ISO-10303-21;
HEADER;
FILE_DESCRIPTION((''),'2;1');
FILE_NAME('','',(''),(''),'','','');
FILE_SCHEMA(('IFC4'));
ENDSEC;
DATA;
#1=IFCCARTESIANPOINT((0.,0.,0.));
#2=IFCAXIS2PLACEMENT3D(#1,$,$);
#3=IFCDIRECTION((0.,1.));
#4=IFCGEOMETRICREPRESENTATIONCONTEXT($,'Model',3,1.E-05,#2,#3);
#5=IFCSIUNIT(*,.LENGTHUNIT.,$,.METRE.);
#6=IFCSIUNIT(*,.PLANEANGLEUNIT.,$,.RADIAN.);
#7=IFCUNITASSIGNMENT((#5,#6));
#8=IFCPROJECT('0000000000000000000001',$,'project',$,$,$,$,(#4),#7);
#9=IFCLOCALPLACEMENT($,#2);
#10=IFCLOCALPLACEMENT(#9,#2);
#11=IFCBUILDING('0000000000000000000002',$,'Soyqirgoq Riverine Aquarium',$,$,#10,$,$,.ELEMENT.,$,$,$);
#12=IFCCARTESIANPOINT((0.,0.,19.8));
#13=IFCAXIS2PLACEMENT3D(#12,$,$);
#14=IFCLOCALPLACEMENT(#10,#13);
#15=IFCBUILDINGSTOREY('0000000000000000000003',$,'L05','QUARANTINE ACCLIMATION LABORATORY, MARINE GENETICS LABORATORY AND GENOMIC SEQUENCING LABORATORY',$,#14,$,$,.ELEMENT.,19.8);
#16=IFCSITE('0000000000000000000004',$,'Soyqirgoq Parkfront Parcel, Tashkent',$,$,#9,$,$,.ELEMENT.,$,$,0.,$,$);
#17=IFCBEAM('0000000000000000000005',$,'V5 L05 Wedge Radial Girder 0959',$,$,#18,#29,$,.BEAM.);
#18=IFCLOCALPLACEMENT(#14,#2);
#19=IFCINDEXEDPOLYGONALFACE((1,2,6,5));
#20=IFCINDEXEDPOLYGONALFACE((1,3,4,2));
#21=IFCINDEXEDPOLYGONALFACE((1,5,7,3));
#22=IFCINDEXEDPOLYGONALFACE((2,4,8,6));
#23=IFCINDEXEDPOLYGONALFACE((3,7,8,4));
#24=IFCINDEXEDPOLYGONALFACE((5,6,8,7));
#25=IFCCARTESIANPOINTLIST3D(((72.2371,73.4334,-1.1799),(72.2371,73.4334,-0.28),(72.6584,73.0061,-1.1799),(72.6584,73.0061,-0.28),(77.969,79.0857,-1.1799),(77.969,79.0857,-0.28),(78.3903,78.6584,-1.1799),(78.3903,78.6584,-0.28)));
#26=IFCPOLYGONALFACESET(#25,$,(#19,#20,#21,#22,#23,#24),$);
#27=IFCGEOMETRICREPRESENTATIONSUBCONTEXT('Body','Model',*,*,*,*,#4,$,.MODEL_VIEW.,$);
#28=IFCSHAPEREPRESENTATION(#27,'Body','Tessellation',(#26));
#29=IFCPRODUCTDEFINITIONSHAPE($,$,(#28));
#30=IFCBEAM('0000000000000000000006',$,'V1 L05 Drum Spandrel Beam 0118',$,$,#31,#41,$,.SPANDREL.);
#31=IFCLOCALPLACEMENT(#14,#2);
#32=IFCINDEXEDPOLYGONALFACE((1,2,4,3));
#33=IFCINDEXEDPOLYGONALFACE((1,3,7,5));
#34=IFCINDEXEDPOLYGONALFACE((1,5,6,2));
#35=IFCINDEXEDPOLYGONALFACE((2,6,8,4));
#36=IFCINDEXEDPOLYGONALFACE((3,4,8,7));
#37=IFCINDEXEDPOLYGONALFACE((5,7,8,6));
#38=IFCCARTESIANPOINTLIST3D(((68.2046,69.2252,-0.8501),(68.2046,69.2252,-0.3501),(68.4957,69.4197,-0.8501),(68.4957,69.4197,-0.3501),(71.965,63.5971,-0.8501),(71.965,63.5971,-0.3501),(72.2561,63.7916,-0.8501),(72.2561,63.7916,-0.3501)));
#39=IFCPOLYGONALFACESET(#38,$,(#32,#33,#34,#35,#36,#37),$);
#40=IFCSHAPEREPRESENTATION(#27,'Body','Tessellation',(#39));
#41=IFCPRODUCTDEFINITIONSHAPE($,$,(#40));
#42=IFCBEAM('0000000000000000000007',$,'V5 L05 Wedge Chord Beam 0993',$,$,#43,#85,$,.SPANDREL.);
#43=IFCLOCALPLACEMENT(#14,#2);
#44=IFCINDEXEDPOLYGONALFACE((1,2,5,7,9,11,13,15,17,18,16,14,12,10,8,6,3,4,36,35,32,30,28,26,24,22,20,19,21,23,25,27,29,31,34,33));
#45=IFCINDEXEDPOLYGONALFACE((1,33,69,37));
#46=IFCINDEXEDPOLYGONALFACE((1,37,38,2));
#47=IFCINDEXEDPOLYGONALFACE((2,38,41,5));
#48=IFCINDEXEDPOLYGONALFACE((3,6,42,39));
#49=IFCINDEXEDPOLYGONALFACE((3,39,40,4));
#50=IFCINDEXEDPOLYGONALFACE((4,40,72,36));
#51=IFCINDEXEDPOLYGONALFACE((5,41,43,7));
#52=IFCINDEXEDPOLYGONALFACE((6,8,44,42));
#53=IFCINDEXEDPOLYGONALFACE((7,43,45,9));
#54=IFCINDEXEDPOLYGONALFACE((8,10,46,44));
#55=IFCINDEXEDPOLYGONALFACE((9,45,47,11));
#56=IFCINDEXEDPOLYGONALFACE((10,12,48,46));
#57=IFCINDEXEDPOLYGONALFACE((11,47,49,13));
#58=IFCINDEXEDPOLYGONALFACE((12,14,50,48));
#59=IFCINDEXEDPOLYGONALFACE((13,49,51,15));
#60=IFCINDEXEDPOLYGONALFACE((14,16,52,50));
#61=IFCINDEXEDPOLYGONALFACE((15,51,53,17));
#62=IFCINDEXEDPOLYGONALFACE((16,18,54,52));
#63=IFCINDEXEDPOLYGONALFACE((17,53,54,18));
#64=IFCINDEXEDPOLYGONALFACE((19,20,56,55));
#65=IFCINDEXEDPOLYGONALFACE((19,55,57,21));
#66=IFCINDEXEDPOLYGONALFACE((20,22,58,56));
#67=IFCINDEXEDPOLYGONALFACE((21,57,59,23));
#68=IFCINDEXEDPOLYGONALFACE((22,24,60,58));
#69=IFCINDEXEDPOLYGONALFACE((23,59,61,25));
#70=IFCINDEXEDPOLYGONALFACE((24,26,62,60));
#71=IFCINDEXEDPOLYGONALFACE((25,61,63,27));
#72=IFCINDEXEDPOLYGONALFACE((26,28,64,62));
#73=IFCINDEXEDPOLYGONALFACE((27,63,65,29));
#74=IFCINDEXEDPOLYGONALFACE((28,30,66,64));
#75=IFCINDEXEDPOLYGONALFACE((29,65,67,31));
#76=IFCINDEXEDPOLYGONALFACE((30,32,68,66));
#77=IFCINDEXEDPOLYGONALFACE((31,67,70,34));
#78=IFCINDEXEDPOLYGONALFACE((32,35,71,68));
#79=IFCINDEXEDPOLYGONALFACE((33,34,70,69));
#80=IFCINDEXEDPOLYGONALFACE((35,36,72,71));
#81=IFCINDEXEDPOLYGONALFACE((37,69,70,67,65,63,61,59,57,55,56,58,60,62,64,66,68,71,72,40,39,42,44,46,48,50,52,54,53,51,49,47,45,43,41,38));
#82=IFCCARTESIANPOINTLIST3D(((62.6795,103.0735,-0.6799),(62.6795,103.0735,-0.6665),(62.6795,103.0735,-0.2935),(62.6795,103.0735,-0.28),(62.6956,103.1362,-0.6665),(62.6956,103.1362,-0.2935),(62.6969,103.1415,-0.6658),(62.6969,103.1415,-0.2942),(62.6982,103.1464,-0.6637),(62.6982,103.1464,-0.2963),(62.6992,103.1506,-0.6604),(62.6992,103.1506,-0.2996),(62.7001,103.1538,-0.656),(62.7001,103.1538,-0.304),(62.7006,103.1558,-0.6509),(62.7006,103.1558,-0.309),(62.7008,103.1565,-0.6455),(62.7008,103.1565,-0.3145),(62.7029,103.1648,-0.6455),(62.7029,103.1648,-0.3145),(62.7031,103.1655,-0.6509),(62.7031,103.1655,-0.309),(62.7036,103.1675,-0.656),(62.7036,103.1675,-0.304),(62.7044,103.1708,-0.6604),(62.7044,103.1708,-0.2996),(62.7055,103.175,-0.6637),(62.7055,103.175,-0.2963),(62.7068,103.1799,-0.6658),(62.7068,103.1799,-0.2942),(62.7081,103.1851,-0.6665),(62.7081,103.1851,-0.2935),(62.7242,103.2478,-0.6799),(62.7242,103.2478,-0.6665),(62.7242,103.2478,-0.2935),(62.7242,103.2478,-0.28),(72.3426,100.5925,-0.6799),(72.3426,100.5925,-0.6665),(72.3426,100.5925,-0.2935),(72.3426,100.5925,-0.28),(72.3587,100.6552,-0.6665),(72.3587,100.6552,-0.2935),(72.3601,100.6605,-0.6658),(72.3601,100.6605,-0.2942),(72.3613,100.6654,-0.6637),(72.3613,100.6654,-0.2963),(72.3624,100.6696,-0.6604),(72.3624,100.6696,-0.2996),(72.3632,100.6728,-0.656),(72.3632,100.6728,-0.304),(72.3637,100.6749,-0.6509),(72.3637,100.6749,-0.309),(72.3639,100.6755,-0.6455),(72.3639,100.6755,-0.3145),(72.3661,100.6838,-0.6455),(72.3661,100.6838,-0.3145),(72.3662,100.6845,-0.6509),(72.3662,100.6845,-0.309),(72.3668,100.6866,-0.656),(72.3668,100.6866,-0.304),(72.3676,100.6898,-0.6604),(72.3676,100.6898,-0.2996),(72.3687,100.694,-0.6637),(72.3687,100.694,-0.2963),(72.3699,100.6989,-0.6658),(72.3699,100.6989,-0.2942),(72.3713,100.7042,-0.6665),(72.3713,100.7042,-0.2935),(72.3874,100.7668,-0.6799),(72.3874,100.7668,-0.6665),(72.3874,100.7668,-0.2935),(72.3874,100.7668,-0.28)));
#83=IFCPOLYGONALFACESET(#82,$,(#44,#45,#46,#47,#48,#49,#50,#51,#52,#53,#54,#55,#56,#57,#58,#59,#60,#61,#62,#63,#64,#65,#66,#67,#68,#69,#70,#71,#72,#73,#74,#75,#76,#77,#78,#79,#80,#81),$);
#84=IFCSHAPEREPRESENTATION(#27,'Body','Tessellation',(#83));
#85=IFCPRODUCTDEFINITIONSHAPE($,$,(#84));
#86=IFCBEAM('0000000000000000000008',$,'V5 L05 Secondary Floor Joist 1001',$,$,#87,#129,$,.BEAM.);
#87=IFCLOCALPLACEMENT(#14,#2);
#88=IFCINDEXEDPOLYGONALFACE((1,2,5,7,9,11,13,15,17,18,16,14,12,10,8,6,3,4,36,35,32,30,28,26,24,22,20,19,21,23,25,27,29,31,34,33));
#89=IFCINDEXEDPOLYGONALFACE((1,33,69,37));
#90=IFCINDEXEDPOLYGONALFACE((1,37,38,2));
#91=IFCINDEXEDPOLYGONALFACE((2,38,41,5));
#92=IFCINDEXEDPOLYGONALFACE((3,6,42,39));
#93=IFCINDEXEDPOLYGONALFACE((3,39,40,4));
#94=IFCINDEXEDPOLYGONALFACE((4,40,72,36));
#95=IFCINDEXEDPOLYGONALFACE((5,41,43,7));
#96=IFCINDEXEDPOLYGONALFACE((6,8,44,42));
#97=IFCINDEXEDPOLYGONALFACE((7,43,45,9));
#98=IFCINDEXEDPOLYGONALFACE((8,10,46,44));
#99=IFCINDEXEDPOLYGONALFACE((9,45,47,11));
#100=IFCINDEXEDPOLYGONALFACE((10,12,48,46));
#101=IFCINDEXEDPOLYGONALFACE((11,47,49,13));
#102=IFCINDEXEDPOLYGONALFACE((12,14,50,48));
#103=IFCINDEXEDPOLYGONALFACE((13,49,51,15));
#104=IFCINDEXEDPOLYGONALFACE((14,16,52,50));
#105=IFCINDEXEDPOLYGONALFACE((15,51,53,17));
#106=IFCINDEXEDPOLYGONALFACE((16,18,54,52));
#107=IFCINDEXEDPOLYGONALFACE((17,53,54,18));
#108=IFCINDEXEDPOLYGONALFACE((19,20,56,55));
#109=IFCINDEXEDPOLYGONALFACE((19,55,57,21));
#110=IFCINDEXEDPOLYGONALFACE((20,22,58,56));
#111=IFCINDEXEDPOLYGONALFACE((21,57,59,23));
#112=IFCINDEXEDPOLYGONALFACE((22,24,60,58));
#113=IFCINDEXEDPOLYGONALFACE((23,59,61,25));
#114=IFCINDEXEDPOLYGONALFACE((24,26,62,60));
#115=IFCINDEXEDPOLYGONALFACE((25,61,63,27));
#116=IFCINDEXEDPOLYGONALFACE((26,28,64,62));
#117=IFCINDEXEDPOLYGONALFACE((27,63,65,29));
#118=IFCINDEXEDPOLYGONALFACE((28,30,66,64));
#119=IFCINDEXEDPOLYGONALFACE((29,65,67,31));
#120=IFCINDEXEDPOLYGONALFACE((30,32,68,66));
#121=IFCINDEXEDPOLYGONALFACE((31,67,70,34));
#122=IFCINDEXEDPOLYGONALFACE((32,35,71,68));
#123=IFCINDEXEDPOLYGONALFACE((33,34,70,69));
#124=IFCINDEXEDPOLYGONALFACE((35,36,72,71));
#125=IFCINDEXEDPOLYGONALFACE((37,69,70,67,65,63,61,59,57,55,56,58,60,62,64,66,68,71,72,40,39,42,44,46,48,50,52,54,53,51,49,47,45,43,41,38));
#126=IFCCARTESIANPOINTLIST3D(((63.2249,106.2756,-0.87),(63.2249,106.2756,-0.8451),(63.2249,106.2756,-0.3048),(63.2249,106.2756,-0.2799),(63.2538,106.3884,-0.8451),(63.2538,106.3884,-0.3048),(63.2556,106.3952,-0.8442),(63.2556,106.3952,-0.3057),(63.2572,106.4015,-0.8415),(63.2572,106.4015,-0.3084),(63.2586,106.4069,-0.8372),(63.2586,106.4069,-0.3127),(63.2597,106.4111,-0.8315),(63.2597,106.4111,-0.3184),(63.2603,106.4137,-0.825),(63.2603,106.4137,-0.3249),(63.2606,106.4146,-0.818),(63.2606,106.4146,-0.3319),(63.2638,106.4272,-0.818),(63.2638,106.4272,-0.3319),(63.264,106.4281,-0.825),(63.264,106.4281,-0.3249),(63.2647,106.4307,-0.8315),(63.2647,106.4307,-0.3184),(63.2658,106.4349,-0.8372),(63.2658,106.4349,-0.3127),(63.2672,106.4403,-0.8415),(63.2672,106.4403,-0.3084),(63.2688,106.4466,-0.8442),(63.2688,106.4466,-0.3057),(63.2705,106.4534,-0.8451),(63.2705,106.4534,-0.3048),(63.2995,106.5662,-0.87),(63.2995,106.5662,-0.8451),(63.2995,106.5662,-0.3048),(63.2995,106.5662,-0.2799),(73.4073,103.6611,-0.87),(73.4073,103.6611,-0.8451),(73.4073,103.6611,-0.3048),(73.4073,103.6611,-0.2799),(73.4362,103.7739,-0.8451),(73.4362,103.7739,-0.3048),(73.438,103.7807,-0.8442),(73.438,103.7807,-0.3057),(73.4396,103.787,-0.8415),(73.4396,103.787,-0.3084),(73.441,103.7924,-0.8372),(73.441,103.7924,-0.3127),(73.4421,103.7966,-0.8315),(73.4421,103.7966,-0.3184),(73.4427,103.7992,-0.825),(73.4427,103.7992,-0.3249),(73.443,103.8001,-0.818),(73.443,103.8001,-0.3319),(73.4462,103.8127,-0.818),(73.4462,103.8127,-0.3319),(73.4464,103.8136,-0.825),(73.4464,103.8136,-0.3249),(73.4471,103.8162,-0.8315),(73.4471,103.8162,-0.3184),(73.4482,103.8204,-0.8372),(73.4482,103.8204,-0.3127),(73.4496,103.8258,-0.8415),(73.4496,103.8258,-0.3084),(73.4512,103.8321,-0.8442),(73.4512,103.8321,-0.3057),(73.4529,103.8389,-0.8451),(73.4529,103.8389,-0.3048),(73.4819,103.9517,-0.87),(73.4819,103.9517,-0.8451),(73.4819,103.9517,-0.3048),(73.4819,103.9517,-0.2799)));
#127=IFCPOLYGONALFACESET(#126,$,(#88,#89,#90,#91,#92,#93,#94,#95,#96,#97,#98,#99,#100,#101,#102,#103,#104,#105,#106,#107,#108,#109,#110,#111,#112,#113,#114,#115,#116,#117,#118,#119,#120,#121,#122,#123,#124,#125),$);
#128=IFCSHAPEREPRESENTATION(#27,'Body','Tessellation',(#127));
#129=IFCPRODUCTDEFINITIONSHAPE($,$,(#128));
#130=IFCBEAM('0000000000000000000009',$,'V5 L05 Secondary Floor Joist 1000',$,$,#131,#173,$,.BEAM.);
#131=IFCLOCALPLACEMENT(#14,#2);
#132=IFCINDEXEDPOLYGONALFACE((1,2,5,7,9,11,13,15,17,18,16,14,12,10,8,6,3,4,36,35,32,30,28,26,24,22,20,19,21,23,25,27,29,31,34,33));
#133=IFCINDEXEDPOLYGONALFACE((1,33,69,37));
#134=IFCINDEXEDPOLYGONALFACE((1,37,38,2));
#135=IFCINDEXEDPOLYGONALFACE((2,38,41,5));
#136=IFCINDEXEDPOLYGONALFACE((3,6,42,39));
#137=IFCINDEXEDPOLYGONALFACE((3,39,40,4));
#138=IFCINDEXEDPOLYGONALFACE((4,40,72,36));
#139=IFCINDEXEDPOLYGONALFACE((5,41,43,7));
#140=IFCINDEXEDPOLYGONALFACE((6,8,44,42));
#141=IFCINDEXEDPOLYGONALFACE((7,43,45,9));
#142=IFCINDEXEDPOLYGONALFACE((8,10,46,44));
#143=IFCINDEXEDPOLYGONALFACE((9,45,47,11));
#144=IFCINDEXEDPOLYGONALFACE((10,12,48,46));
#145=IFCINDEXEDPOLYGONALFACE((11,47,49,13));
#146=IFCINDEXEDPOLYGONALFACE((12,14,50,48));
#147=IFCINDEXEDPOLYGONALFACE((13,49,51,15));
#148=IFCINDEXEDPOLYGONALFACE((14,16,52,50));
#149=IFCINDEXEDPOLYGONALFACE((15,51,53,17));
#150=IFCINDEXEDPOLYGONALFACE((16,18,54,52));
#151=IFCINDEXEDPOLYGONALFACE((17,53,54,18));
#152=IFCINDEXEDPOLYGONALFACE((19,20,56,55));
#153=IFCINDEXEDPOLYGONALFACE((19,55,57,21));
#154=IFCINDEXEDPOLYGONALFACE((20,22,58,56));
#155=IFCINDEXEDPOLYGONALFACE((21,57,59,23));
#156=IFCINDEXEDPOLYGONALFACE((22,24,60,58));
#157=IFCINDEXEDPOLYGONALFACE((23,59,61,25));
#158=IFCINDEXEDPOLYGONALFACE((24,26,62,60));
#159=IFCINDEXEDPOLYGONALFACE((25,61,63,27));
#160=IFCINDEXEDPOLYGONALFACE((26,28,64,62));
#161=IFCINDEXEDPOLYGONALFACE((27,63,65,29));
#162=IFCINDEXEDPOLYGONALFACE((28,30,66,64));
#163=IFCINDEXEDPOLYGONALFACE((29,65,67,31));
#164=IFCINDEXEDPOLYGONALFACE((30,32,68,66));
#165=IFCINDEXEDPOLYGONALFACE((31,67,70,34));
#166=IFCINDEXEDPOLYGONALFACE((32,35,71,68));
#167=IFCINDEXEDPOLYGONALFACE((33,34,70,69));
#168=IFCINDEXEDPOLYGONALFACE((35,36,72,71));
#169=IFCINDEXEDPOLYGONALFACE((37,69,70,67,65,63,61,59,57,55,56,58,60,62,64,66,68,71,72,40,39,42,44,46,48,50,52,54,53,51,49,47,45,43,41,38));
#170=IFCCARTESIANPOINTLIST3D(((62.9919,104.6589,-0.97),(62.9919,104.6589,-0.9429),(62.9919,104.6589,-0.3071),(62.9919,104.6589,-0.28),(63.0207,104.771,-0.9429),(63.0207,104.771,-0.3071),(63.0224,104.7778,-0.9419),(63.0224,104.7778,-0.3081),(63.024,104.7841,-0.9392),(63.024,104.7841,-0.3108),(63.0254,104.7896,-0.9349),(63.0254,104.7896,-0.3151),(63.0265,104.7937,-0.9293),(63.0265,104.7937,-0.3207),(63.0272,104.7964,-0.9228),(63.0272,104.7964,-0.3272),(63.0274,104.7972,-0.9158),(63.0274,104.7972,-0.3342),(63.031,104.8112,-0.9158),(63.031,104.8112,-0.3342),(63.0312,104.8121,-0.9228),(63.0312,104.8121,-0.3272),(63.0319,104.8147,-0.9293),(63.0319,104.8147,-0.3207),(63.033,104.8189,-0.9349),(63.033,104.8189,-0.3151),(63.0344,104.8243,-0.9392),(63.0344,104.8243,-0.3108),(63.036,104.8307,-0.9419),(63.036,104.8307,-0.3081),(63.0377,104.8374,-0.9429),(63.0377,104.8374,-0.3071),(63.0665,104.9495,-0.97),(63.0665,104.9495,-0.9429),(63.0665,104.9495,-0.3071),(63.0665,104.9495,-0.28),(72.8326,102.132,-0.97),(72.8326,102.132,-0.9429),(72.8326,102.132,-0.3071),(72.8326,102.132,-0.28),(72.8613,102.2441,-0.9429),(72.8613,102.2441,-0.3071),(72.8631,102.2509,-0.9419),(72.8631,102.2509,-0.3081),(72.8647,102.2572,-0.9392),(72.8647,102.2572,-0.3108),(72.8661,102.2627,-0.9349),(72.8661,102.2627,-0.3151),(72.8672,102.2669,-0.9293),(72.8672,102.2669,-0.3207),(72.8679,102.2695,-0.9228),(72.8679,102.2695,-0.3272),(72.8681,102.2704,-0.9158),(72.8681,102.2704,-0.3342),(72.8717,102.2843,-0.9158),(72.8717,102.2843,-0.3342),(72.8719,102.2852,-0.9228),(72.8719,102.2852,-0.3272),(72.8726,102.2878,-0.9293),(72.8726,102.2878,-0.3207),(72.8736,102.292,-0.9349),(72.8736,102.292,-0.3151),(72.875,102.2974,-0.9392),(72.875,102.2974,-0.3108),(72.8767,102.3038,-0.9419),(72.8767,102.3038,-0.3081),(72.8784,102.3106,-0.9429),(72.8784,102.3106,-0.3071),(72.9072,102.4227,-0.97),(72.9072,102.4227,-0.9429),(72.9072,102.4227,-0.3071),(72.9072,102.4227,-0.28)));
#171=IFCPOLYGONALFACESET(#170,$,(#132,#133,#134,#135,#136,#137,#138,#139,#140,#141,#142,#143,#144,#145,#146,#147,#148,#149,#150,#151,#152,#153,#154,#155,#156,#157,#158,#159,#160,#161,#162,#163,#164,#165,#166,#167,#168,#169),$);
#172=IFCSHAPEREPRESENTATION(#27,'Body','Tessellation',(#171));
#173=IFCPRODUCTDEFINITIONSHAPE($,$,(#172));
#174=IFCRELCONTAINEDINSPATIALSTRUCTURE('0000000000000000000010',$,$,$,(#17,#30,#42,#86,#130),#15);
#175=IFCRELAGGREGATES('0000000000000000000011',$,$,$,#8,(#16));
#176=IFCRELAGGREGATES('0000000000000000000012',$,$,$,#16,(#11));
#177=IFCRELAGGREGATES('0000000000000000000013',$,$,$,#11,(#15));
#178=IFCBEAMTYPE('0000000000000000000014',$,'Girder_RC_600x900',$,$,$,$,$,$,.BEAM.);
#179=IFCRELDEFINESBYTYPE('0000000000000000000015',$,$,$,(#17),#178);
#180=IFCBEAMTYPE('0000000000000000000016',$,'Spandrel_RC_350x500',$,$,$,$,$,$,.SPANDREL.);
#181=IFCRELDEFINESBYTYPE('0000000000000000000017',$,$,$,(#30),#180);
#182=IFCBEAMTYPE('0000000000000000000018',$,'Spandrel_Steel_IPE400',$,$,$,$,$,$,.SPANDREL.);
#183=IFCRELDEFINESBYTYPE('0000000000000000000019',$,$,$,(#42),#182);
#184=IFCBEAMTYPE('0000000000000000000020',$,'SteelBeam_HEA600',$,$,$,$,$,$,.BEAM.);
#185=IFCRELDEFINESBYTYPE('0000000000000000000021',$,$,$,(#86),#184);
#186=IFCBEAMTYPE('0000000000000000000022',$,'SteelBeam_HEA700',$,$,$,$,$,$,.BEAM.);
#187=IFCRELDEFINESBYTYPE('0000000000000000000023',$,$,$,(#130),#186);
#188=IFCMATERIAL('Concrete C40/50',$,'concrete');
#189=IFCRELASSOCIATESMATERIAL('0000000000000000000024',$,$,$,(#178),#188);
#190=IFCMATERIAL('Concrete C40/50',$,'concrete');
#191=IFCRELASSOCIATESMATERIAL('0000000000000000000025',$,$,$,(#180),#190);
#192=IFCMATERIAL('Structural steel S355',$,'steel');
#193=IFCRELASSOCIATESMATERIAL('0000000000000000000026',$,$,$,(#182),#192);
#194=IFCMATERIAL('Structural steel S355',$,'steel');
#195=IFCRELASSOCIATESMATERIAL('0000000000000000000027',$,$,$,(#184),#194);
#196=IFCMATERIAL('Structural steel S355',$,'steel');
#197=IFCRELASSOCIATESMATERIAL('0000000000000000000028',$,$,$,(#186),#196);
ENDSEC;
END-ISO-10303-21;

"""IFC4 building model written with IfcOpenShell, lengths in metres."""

from ifc_helpers import new_model, si_unit, direction, frame, origin, origin_2d, place, context, subcontext, project, spatial, rectangle, i_section, extrude, material, material_profile, profile_set, type_object, element, save


model = new_model("IFC4")

# Units and contexts
model_context = context("Model", 3, precision=1e-05, world=origin(), true_north=direction((0.0, 1.0)))
body_context = subcontext(model_context, "Body", "Model", "MODEL_VIEW")
ifc_project = project(units=[si_unit("LENGTHUNIT", "METRE"), si_unit("PLANEANGLEUNIT", "RADIAN")], contexts=[model_context])

# Site, building, storey
site_placement = place(None, origin())
site = spatial("IfcSite", under=ifc_project, at=site_placement, Name="Soyqirgoq Parkfront Parcel, Tashkent", CompositionType="ELEMENT", RefElevation=0.0)
building_placement = place(site_placement, origin())
building = spatial("IfcBuilding", under=site, at=building_placement, Name="Soyqirgoq Riverine Aquarium", CompositionType="ELEMENT")
storey_placement = place(building_placement, frame((0.0, 0.0, 19.8)))
storey = spatial("IfcBuildingStorey", under=building, at=storey_placement, Name="L05", Description="QUARANTINE ACCLIMATION LABORATORY, MARINE GENETICS LABORATORY AND GENOMIC SEQUENCING LABORATORY", CompositionType="ELEMENT", Elevation=19.8)

# Beams
ifc_material_1 = material(Name="Concrete C40/50", Category="concrete")
ifc_material_profile_1 = material_profile(ifc_material_1, rectangle(XDim=0.6001, YDim=0.8999, at=origin_2d()), Name="RC 600x900")
ifc_profile_set_1 = profile_set([ifc_material_profile_1], Name="Concrete C40/50")
beam_type_1 = type_object("IfcBeamType", Name="Girder_RC_600x900", PredefinedType="BEAM", material=ifc_profile_set_1)
beam_1_placement = place(storey_placement, frame((72.4478, 73.2197, -0.73), z_axis=(0.712033, 0.702146, 0.0), x_axis=(-0.702146, 0.712033, 0.0)))
element("IfcBeam", 1, at=beam_1_placement, inside=storey, type_object=beam_type_1, Name="V5 L05 Wedge Radial Girder 0959", PredefinedType="BEAM", context=body_context, shape_type="SweptSolid", body=[
    extrude(rectangle(XDim=0.6001, YDim=0.8999, at=origin_2d()), origin(), (0.0, 0.0, 1.0), 8.05),
])
ifc_material_2 = material(Name="Concrete C40/50", Category="concrete")
ifc_material_profile_2 = material_profile(ifc_material_2, rectangle(XDim=0.3501, YDim=0.5, at=origin_2d()), Name="RC 350x500")
ifc_profile_set_2 = profile_set([ifc_material_profile_2], Name="Concrete C40/50")
beam_type_2 = type_object("IfcBeamType", Name="Spandrel_RC_350x500", PredefinedType="SPANDREL", material=ifc_profile_set_2)
beam_2_placement = place(storey_placement, frame((72.1106, 63.6943, -0.6001), z_axis=(-0.555557, 0.831478, 0.0), x_axis=(-0.831478, -0.555557, 0.0)))
element("IfcBeam", 2, at=beam_2_placement, inside=storey, type_object=beam_type_2, Name="V1 L05 Drum Spandrel Beam 0118", PredefinedType="SPANDREL", context=body_context, shape_type="SweptSolid", body=[
    extrude(rectangle(XDim=0.3501, YDim=0.5, at=origin_2d()), origin(), (0.0, 0.0, 1.0), 6.7688),
])
ifc_material_3 = material(Name="Structural steel S355", Category="steel")
ifc_material_profile_3 = material_profile(ifc_material_3, i_section(OverallWidth=0.1799, OverallDepth=0.3999, WebThickness=0.0085, FlangeThickness=0.0134, FilletRadius=0.021, at=origin_2d()), Name="IPE 400")
ifc_profile_set_3 = profile_set([ifc_material_profile_3], Name="Structural steel S355")
beam_type_3 = type_object("IfcBeamType", Name="Spandrel_Steel_IPE400", PredefinedType="SPANDREL", material=ifc_profile_set_3)
beam_3_placement = place(storey_placement, frame((72.365, 100.6797, -0.48), z_axis=(-0.968586, 0.24868, 0.0), x_axis=(-0.24868, -0.968586, 0.0)))
element("IfcBeam", 3, at=beam_3_placement, inside=storey, type_object=beam_type_3, Name="V5 L05 Wedge Chord Beam 0993", PredefinedType="SPANDREL", context=body_context, shape_type="SweptSolid", body=[
    extrude(i_section(OverallWidth=0.1799, OverallDepth=0.3999, WebThickness=0.0085, FlangeThickness=0.0134, FilletRadius=0.021, at=origin_2d()), origin(), (0.0, 0.0, 1.0), 9.9766),
])
ifc_material_4 = material(Name="Structural steel S355", Category="steel")
ifc_material_profile_4 = material_profile(ifc_material_4, i_section(OverallWidth=0.3, OverallDepth=0.5901, WebThickness=0.0129, FlangeThickness=0.0249, FilletRadius=0.0271, at=origin_2d()), Name="HEA 600")
ifc_profile_set_4 = profile_set([ifc_material_profile_4], Name="Structural steel S355")
beam_type_4 = type_object("IfcBeamType", Name="SteelBeam_HEA600", PredefinedType="BEAM", material=ifc_profile_set_4)
beam_4_placement = place(storey_placement, frame((73.4446, 103.8064, -0.575), z_axis=(-0.968581, 0.2487, 0.0), x_axis=(-0.2487, -0.968581, 0.0)))
element("IfcBeam", 4, at=beam_4_placement, inside=storey, type_object=beam_type_4, Name="V5 L05 Secondary Floor Joist 1001", PredefinedType="BEAM", context=body_context, shape_type="SweptSolid", body=[
    extrude(i_section(OverallWidth=0.3, OverallDepth=0.5901, WebThickness=0.0129, FlangeThickness=0.0249, FilletRadius=0.0271, at=origin_2d()), origin(), (0.0, 0.0, 1.0), 10.5127),
])
ifc_material_5 = material(Name="Structural steel S355", Category="steel")
ifc_material_profile_5 = material_profile(ifc_material_5, i_section(OverallWidth=0.3, OverallDepth=0.6899, WebThickness=0.0144, FlangeThickness=0.0271, FilletRadius=0.0271, at=origin_2d()), Name="HEA 700")
ifc_profile_set_5 = profile_set([ifc_material_profile_5], Name="Structural steel S355")
beam_type_5 = type_object("IfcBeamType", Name="SteelBeam_HEA700", PredefinedType="BEAM", material=ifc_profile_set_5)
beam_5_placement = place(storey_placement, frame((72.8699, 102.2773, -0.625), z_axis=(-0.968578, 0.248711, 0.0), x_axis=(-0.248711, -0.968578, 0.0)))
element("IfcBeam", 5, at=beam_5_placement, inside=storey, type_object=beam_type_5, Name="V5 L05 Secondary Floor Joist 1000", PredefinedType="BEAM", context=body_context, shape_type="SweptSolid", body=[
    extrude(i_section(OverallWidth=0.3, OverallDepth=0.6899, WebThickness=0.0144, FlangeThickness=0.0271, FilletRadius=0.0271, at=origin_2d()), origin(), (0.0, 0.0, 1.0), 10.1599),
])

save(model, "model.ifc")
